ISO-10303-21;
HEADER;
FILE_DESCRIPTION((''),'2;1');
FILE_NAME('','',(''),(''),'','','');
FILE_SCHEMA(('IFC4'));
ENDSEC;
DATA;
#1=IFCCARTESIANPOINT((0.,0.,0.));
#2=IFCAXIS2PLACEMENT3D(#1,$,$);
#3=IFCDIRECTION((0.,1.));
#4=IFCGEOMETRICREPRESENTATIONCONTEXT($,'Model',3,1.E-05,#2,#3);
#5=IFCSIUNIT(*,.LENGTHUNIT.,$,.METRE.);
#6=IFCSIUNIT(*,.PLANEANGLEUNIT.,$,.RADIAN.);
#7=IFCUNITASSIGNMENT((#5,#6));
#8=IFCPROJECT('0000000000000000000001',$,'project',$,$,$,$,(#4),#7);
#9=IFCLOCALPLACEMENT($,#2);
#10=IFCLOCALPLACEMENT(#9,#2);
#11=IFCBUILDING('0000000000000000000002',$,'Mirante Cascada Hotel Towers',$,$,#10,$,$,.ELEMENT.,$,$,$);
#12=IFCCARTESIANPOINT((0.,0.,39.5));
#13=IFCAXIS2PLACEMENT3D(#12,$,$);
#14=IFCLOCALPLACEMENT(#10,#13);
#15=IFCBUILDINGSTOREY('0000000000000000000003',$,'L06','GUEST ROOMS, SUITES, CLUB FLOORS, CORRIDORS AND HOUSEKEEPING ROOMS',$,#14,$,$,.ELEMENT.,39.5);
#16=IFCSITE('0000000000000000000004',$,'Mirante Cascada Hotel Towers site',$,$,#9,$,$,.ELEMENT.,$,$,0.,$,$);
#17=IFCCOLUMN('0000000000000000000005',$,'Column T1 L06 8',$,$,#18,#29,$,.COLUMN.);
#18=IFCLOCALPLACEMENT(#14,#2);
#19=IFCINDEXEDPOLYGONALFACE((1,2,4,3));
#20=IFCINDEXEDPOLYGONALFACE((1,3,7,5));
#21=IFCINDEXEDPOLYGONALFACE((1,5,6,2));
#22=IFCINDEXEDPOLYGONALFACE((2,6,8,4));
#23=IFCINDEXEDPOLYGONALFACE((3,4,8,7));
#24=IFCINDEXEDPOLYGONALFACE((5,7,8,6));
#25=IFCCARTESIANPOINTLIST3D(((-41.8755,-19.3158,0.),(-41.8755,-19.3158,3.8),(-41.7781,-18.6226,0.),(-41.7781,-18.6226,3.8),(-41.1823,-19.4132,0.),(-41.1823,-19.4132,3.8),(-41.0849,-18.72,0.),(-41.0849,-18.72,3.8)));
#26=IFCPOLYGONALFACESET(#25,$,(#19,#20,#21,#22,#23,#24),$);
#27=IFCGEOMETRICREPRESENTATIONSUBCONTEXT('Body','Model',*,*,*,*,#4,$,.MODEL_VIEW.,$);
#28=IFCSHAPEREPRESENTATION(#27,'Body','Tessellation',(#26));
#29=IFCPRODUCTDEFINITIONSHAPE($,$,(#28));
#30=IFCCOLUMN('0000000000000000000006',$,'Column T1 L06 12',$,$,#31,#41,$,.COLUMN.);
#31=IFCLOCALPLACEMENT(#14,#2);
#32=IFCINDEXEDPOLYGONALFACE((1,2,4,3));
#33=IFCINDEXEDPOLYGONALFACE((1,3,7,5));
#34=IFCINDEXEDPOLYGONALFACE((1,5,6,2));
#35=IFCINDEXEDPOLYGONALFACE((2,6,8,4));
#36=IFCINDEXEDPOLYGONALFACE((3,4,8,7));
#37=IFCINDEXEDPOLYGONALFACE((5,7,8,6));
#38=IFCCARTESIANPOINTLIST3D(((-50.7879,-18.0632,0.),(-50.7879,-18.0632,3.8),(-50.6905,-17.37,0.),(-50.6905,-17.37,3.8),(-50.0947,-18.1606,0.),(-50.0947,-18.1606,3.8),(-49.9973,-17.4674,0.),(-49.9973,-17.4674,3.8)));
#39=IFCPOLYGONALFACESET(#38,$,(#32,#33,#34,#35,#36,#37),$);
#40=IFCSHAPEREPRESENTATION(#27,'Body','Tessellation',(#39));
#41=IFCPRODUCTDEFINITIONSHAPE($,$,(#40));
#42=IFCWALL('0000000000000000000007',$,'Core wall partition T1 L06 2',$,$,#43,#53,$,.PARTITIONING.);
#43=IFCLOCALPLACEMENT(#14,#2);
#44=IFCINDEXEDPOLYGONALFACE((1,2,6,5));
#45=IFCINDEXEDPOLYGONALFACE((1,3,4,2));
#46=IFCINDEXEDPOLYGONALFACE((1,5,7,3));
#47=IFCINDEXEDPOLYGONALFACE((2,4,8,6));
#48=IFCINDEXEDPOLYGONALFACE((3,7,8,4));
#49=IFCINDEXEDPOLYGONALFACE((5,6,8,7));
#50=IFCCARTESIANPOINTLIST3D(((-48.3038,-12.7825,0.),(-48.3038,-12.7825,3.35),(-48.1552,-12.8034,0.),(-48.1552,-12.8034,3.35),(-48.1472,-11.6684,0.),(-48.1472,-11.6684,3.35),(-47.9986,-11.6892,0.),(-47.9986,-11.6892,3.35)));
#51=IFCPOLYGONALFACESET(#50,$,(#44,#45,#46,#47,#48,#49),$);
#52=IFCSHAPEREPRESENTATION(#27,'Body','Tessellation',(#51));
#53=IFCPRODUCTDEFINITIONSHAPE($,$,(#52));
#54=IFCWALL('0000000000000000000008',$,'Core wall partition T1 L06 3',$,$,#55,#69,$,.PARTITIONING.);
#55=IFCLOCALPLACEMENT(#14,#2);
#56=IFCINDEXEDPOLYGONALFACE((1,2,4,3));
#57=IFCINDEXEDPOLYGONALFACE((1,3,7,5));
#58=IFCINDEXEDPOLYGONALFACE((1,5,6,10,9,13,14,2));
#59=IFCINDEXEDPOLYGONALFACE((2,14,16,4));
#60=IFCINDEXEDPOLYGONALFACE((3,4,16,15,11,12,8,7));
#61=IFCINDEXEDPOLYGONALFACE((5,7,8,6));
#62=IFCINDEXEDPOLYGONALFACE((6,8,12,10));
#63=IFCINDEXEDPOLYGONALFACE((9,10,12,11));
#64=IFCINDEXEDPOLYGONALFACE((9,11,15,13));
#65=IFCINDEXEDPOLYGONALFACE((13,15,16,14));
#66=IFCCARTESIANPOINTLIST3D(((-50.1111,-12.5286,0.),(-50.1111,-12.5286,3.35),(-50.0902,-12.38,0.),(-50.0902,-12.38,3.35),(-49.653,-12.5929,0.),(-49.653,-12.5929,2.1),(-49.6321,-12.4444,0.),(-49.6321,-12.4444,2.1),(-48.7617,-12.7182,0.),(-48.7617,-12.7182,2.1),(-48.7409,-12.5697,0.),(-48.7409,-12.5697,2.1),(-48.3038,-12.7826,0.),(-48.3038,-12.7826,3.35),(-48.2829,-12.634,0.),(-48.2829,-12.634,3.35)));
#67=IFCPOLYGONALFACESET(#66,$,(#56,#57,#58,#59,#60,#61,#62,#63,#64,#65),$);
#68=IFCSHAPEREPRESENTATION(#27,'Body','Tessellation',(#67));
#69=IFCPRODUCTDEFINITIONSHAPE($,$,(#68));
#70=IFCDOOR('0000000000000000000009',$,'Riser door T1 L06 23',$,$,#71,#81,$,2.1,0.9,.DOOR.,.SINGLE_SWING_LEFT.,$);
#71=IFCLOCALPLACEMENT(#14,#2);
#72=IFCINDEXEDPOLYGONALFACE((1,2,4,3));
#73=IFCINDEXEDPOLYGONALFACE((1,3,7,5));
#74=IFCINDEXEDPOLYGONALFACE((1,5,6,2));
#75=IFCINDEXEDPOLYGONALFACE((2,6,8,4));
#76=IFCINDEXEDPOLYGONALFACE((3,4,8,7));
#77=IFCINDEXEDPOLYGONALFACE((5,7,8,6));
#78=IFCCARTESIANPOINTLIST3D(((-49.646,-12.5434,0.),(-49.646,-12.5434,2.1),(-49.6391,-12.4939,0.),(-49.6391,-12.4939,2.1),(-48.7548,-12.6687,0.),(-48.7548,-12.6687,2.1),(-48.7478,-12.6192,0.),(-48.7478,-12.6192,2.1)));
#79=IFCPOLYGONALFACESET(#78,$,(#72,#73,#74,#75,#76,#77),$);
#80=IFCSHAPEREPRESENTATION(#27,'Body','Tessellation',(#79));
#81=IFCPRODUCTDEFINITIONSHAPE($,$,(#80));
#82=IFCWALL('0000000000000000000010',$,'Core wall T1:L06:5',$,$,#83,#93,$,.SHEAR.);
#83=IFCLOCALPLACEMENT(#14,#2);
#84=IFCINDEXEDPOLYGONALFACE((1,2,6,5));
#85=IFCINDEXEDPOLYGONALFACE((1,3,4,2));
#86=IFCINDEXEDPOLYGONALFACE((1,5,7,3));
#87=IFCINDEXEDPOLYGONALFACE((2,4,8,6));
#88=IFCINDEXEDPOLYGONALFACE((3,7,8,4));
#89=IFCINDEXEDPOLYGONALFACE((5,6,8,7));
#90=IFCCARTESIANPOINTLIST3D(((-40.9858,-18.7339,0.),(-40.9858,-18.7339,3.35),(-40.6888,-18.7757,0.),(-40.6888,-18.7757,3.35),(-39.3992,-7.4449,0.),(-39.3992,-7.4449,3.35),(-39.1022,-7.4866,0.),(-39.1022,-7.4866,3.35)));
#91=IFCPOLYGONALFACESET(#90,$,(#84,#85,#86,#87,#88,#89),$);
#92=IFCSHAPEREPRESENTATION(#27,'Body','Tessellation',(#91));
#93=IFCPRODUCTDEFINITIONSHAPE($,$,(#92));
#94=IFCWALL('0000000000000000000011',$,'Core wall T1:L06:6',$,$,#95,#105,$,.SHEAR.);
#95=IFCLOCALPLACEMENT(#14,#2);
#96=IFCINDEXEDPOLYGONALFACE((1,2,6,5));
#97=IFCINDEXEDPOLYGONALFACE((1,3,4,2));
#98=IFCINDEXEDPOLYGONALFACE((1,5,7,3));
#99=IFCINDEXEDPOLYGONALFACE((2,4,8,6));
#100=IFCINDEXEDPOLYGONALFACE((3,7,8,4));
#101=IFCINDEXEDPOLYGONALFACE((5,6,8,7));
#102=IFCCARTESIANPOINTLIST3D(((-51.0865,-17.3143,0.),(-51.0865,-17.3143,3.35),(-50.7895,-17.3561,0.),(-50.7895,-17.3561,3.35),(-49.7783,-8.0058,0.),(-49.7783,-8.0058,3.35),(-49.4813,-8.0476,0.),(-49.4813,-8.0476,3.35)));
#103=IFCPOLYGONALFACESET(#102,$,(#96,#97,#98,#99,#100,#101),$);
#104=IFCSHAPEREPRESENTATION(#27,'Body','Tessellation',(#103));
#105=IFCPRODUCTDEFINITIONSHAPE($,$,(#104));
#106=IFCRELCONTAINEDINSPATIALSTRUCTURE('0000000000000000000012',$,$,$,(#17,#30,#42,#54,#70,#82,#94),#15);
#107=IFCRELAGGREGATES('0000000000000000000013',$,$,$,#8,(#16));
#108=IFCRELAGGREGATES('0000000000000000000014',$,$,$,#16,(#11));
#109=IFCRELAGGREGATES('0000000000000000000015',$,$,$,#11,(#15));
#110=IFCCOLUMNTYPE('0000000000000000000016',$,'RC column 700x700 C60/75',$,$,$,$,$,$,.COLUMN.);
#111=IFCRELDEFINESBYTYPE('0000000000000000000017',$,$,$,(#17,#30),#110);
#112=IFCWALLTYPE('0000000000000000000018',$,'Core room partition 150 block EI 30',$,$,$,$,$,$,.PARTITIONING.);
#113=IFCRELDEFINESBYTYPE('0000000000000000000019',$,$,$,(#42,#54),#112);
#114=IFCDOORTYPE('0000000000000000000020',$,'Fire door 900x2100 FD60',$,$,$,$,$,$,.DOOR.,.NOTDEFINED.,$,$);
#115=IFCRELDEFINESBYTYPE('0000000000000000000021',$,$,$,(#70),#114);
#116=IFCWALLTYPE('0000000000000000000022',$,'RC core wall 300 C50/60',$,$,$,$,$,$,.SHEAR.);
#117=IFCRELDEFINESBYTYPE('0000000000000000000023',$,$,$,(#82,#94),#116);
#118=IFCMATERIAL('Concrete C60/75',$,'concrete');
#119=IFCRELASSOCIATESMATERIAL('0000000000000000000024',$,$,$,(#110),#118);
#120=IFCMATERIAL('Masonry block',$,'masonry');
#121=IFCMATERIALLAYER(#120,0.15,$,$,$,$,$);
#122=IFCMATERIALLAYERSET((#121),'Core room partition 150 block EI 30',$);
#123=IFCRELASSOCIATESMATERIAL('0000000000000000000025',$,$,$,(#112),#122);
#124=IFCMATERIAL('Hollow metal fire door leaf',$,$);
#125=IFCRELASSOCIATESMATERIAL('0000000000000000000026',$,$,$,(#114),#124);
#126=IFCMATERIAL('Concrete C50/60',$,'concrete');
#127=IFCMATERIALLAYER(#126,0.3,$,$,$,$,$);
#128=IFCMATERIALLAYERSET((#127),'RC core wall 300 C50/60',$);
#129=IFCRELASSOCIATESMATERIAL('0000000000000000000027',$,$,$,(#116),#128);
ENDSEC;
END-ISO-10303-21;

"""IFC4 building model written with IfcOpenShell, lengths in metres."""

from ifc_helpers import new_model, si_unit, direction, frame, frame_2d, origin, origin_2d, place, context, subcontext, project, spatial, rectangle, extrude, material, layer, layer_set, material_profile, profile_set, type_object, element, fill, save


model = new_model("IFC4")

# Units and contexts
model_context = context("Model", 3, precision=1e-05, world=origin(), true_north=direction((0.0, 1.0)))
body_context = subcontext(model_context, "Body", "Model", "MODEL_VIEW")
ifc_project = project(units=[si_unit("LENGTHUNIT", "METRE"), si_unit("PLANEANGLEUNIT", "RADIAN")], contexts=[model_context])

# Site, building, storey
site_placement = place(None, origin())
site = spatial("IfcSite", under=ifc_project, at=site_placement, Name="Mirante Cascada Hotel Towers site", CompositionType="ELEMENT", RefElevation=0.0)
building_placement = place(site_placement, origin())
building = spatial("IfcBuilding", under=site, at=building_placement, Name="Mirante Cascada Hotel Towers", CompositionType="ELEMENT")
storey_placement = place(building_placement, frame((0.0, 0.0, 39.5)))
storey = spatial("IfcBuildingStorey", under=building, at=storey_placement, Name="L06", Description="GUEST ROOMS, SUITES, CLUB FLOORS, CORRIDORS AND HOUSEKEEPING ROOMS", CompositionType="ELEMENT", Elevation=39.5)

# Columns
ifc_material_1 = material(Name="Concrete C60/75", Category="concrete")
ifc_material_profile = material_profile(ifc_material_1, rectangle(XDim=0.7, YDim=0.7, at=origin_2d()), Name="RC column 700x700 C60/75")
ifc_profile_set = profile_set([ifc_material_profile], Name="Concrete C60/75")
column_type = type_object("IfcColumnType", Name="RC column 700x700 C60/75", PredefinedType="COLUMN", material=ifc_profile_set)
for number, where, z_axis, x_axis, name in (
    (1, (-41.4802, -19.0179, 0.0), (0.0, 0.0, 1.0), (-0.990268, 0.139173, 0.0), "Column T1 L06 8"),
    (2, (-50.3926, -17.7653, 0.0), (0.0, 0.0, 1.0), (-0.990268, 0.139173, 0.0), "Column T1 L06 12"),
):
    element("IfcColumn", number, at=place(storey_placement, frame(where, z_axis=z_axis, x_axis=x_axis)), inside=storey, type_object=column_type, Name=name, PredefinedType="COLUMN", context=body_context, shape_type="SweptSolid", body=[
        extrude(rectangle(XDim=0.7, YDim=0.7, at=origin_2d()), origin(), (0.0, 0.0, 1.0), 3.8),
    ])

# Wall
ifc_material_2 = material(Name="Masonry block", Category="masonry")
ifc_layer_1 = layer(ifc_material_2, 0.15)
ifc_layer_set_1 = layer_set([ifc_layer_1], Name="Core room partition 150 block EI 30")
wall_type_1 = type_object("IfcWallType", Name="Core room partition 150 block EI 30", PredefinedType="PARTITIONING", material=ifc_layer_set_1)
wall_1_placement = place(storey_placement, frame((-48.2295, -12.793, 0.0), z_axis=(0.0, 0.0, 1.0), x_axis=(0.139193, 0.990265, 0.0)))
element("IfcWall", 3, at=wall_1_placement, inside=storey, type_object=wall_type_1, Name="Core wall partition T1 L06 2", PredefinedType="PARTITIONING", context=body_context, shape_type="SweptSolid", body=[
    extrude(rectangle(XDim=1.1251, YDim=0.15, at=frame_2d((0.5626, 0.0))), origin(), (0.0, 0.0, 1.0), 3.35),
])

# Wall, opening, door
wall_2_placement = place(storey_placement, frame((-48.2933, -12.7083, 0.0), z_axis=(0.0, 0.0, 1.0), x_axis=(-0.990268, 0.139173, 0.0)))
wall_2 = element("IfcWall", 4, at=wall_2_placement, inside=storey, type_object=wall_type_1, Name="Core wall partition T1 L06 3", PredefinedType="PARTITIONING", context=body_context, shape_type="SweptSolid", body=[
    extrude(rectangle(XDim=1.8251, YDim=0.15, at=frame_2d((0.9126, 0.0))), origin(), (0.0, 0.0, 1.0), 3.35),
])
opening_1_placement = place(wall_2_placement, frame((0.4625, 0.0, 0.0)))
opening_1 = element("IfcOpeningElement", 5, at=opening_1_placement, cuts=wall_2, PredefinedType="OPENING", context=body_context, shape_type="SweptSolid", body=[
    extrude(rectangle(XDim=0.9, YDim=2.1, at=frame_2d((0.45, 1.05))), frame((0.0, 0.075, 0.0), z_axis=(0.0, -1.0, 0.0), x_axis=(1.0, 0.0, 0.0)), (0.0, 0.0, 1.0), 0.15),
])
ifc_material_3 = material(Name="Hollow metal fire door leaf")
door_type_1 = type_object("IfcDoorType", Name="Fire door 900x2100 FD60", OperationType="NOTDEFINED", PredefinedType="DOOR", material=ifc_material_3)
door_1_placement = place(opening_1_placement, origin())
door_1 = element("IfcDoor", 6, at=door_1_placement, inside=storey, type_object=door_type_1, Name="Riser door T1 L06 23", OperationType="SINGLE_SWING_LEFT", OverallHeight=2.1, OverallWidth=0.9, PredefinedType="DOOR", context=body_context, shape_type="SweptSolid", body=[
    extrude(rectangle(XDim=0.9, YDim=2.1, at=frame_2d((0.45, 1.05))), frame((0.0, 0.025, 0.0), z_axis=(0.0, -1.0, 0.0), x_axis=(1.0, 0.0, 0.0)), (0.0, 0.0, 1.0), 0.05),
])
fill(opening_1, door_1)

# Walls
ifc_material_4 = material(Name="Concrete C50/60", Category="concrete")
ifc_layer_2 = layer(ifc_material_4, 0.3)
ifc_layer_set_2 = layer_set([ifc_layer_2], Name="RC core wall 300 C50/60")
wall_type_2 = type_object("IfcWallType", Name="RC core wall 300 C50/60", PredefinedType="SHEAR", material=ifc_layer_set_2)
wall_3_placement = place(storey_placement, frame((-40.8373, -18.7548, 0.0), z_axis=(0.0, 0.0, 1.0), x_axis=(0.139175, 0.990268, 0.0)))
element("IfcWall", 7, at=wall_3_placement, inside=storey, type_object=wall_type_2, Name="Core wall T1:L06:5", PredefinedType="SHEAR", context=body_context, shape_type="SweptSolid", body=[
    extrude(rectangle(XDim=11.4, YDim=0.3, at=frame_2d((5.7, 0.0))), origin(), (0.0, 0.0, 1.0), 3.35),
])
wall_4_placement = place(storey_placement, frame((-50.938, -17.3352, 0.0), z_axis=(0.0, 0.0, 1.0), x_axis=(0.139171, 0.990268, 0.0)))
element("IfcWall", 8, at=wall_4_placement, inside=storey, type_object=wall_type_2, Name="Core wall T1:L06:6", PredefinedType="SHEAR", context=body_context, shape_type="SweptSolid", body=[
    extrude(rectangle(XDim=9.4, YDim=0.3, at=frame_2d((4.7, 0.0))), origin(), (0.0, 0.0, 1.0), 3.35),
])

save(model, "model.ifc")
